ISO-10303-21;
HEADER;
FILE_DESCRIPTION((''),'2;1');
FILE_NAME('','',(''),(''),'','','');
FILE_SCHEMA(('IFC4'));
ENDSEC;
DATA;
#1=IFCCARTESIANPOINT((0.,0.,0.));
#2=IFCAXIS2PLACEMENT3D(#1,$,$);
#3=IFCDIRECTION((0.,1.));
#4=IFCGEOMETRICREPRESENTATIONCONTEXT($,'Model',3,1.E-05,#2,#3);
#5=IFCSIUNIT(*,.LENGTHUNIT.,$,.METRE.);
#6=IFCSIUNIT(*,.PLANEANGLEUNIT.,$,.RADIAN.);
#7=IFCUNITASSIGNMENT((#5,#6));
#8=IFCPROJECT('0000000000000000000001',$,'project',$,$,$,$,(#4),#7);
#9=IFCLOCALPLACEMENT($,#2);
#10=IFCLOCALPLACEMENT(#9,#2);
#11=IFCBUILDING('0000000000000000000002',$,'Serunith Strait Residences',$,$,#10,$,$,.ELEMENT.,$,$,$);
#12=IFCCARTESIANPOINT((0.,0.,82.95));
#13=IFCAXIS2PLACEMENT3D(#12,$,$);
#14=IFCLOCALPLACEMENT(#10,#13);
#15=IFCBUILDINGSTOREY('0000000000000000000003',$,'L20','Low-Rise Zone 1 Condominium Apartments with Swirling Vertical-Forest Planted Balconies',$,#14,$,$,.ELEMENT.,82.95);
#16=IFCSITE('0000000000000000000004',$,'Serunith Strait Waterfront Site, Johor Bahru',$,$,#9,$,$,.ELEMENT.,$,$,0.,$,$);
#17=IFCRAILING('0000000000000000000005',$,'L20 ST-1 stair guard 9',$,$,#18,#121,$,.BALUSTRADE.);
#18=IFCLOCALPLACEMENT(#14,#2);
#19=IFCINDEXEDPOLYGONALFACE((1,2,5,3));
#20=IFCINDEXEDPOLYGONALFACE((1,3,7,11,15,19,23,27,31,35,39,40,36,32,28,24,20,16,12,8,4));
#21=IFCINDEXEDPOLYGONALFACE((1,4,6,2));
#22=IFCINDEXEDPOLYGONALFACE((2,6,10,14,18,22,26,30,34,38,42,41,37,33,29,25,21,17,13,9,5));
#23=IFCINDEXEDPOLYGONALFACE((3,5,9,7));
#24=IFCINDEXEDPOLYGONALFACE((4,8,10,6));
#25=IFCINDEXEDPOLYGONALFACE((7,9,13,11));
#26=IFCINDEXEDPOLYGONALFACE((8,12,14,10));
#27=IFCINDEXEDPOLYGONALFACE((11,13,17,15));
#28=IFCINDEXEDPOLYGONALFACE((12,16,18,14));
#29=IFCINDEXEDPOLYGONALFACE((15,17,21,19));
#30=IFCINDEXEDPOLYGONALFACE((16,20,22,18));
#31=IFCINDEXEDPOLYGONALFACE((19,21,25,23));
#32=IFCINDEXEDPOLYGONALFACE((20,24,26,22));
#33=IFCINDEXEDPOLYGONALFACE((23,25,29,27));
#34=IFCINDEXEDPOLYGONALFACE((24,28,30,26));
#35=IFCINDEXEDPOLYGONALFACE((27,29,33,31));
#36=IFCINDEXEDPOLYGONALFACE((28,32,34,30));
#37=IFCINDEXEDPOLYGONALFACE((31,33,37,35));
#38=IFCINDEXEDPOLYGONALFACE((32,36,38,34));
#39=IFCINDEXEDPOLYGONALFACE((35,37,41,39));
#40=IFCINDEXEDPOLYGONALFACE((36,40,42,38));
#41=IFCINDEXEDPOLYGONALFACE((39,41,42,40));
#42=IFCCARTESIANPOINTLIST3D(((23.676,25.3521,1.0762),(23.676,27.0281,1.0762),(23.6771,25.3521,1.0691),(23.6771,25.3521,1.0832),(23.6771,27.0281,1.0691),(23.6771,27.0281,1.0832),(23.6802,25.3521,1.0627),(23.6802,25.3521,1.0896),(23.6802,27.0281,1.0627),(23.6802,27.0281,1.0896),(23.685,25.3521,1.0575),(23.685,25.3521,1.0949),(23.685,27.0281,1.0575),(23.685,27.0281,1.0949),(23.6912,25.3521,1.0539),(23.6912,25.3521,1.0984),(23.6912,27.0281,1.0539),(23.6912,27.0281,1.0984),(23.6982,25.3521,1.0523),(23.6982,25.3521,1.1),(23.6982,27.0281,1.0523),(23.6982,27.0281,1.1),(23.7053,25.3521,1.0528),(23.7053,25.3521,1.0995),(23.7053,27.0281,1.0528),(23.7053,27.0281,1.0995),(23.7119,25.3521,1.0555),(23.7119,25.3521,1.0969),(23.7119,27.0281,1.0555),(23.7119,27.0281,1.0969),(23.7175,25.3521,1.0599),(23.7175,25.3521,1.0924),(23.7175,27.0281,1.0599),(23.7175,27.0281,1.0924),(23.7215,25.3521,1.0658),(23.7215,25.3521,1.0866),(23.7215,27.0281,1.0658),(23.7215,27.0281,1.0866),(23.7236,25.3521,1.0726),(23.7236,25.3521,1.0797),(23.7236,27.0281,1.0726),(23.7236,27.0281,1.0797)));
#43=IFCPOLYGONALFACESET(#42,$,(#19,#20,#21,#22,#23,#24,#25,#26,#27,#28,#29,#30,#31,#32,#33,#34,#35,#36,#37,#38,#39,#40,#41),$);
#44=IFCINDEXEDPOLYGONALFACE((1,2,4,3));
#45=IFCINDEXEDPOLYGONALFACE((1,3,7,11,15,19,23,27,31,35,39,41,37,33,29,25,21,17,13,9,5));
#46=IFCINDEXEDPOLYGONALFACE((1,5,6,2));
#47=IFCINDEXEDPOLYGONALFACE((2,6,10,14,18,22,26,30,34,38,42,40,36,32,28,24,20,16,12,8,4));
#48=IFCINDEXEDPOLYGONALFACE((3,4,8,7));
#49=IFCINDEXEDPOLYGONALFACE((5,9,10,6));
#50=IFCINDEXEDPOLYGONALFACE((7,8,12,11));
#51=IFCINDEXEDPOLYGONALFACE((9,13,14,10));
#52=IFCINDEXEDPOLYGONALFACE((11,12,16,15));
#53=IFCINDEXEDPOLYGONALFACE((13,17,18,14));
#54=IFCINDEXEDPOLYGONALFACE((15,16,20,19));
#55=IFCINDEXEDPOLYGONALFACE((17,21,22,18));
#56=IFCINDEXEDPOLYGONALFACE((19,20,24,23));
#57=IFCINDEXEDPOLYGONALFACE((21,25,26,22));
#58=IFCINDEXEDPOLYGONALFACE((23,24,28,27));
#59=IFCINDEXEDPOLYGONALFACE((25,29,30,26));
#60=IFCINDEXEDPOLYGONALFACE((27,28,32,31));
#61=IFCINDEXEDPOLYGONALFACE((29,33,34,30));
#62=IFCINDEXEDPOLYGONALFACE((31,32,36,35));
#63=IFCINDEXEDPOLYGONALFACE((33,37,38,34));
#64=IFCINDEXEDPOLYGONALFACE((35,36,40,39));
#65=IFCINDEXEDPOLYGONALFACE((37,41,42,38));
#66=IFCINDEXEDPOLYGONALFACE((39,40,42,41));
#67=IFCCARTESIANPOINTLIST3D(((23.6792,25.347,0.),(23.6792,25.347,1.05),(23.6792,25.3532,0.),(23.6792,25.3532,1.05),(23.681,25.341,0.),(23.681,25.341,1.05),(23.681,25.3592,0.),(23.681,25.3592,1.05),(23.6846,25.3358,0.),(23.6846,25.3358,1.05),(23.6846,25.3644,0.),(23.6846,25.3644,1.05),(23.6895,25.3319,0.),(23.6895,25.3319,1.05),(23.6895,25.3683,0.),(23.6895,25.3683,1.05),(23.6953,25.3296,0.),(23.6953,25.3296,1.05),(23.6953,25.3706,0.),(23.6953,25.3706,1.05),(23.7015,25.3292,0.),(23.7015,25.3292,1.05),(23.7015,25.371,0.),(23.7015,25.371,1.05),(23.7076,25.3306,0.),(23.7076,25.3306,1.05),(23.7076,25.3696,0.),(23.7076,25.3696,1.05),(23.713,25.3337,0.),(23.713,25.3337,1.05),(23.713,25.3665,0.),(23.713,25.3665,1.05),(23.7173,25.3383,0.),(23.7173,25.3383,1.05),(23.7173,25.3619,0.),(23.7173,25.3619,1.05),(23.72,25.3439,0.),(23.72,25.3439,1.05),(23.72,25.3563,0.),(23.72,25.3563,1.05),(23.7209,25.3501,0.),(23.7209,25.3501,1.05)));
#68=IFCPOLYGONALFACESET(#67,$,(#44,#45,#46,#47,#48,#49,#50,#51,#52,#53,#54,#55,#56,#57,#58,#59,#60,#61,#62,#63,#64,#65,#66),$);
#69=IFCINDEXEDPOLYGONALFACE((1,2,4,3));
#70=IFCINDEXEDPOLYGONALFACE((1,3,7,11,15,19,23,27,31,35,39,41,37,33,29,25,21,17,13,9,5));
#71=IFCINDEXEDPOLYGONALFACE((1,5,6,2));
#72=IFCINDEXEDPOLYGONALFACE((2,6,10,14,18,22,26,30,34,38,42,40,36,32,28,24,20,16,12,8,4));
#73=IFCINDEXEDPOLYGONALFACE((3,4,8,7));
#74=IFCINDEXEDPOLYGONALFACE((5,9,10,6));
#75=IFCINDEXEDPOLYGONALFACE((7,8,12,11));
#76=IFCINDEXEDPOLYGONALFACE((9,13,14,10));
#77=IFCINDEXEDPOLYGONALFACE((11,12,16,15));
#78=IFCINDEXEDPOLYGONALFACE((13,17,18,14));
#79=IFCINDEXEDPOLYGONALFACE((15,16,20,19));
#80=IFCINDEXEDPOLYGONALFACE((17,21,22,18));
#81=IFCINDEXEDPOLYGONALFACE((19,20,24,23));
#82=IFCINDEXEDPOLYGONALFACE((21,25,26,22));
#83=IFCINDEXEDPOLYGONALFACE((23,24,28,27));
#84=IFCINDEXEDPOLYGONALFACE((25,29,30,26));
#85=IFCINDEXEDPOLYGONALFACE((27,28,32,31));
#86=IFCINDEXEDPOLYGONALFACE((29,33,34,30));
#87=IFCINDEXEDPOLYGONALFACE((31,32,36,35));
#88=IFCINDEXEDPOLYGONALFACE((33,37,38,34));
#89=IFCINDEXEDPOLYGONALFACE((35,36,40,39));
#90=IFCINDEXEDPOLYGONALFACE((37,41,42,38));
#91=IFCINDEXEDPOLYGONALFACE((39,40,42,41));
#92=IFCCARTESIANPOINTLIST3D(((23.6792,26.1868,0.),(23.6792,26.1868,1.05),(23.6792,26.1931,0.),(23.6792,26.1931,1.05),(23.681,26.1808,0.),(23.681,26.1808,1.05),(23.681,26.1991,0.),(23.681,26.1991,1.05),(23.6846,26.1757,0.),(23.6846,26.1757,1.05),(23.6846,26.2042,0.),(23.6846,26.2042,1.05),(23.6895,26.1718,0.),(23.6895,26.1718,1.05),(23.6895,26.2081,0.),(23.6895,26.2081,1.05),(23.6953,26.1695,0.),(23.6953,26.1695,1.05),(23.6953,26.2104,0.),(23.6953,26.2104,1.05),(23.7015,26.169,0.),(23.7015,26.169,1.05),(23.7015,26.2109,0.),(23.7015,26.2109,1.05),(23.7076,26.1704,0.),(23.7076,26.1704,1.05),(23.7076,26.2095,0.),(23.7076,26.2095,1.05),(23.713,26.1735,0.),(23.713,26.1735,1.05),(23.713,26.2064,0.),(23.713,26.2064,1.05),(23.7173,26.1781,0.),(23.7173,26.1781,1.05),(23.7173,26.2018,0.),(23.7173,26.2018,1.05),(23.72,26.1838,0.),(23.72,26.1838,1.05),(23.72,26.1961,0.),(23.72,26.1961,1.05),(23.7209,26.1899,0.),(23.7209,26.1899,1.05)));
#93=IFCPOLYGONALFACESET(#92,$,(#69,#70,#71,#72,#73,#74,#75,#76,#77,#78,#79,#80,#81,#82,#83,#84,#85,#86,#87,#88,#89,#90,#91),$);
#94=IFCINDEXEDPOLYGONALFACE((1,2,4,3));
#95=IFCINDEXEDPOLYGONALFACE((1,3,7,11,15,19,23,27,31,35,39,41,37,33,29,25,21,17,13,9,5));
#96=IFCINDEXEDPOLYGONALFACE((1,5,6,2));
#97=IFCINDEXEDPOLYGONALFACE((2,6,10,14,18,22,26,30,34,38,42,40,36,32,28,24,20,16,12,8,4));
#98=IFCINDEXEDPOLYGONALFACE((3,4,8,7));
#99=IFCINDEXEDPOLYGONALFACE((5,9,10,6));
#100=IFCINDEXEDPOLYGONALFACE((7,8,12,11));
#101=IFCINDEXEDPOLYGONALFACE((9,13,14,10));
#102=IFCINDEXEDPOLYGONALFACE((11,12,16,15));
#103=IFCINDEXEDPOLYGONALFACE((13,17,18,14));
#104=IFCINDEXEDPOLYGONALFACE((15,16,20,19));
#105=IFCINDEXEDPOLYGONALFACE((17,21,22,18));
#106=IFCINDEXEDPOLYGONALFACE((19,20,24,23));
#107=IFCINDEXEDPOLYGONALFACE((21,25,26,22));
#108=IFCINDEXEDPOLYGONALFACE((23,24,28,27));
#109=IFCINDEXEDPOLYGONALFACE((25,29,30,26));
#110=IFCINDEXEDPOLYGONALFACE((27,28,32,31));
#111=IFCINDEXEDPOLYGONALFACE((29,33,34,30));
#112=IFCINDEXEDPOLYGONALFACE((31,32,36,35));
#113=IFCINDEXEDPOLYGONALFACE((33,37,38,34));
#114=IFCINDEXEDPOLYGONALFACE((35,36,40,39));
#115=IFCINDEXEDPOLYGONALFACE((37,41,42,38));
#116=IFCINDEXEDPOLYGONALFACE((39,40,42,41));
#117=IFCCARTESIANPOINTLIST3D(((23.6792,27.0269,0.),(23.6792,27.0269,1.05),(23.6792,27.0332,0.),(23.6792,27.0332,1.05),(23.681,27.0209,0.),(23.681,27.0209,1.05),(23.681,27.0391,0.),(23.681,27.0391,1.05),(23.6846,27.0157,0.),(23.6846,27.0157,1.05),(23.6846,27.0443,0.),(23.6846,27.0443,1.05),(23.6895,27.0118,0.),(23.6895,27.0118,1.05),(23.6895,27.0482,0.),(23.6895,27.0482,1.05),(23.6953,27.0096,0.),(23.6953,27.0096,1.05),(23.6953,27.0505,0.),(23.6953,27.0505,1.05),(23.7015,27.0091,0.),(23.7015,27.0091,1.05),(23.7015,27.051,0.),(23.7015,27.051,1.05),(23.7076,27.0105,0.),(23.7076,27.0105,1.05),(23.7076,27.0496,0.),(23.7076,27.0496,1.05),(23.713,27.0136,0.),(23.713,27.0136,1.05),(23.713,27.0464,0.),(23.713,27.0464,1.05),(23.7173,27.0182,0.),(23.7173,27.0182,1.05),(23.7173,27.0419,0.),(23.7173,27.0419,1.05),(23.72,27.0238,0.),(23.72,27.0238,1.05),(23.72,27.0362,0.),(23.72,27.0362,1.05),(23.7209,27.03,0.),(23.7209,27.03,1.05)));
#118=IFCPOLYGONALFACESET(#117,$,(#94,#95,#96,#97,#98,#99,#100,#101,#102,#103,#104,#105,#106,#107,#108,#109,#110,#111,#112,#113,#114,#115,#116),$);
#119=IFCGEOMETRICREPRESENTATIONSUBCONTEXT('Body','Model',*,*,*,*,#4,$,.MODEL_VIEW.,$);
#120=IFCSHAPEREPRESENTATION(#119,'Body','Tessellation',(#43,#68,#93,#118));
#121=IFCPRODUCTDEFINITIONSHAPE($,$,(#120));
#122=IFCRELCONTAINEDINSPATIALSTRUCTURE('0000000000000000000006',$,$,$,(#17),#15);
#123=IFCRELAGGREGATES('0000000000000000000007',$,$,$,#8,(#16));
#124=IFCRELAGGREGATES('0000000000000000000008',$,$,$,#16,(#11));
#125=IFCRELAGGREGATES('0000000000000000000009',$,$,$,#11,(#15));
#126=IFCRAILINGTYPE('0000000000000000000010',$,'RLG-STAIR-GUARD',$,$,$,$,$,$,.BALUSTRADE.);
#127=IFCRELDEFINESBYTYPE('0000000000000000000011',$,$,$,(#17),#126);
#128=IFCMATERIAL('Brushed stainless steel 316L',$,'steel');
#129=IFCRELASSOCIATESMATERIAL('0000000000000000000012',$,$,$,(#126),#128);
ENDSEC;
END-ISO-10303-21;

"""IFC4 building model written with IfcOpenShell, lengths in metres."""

from ifc_helpers import new_model, si_unit, direction, frame, origin, origin_2d, place, context, subcontext, project, spatial, circle, extrude, material, type_object, element, save


model = new_model("IFC4")

# Units and contexts
model_context = context("Model", 3, precision=1e-05, world=origin(), true_north=direction((0.0, 1.0)))
body_context = subcontext(model_context, "Body", "Model", "MODEL_VIEW")
ifc_project = project(units=[si_unit("LENGTHUNIT", "METRE"), si_unit("PLANEANGLEUNIT", "RADIAN")], contexts=[model_context])

# Site, building, storey
site_placement = place(None, origin())
site = spatial("IfcSite", under=ifc_project, at=site_placement, Name="Serunith Strait Waterfront Site, Johor Bahru", CompositionType="ELEMENT", RefElevation=0.0)
building_placement = place(site_placement, origin())
building = spatial("IfcBuilding", under=site, at=building_placement, Name="Serunith Strait Residences", CompositionType="ELEMENT")
storey_placement = place(building_placement, frame((0.0, 0.0, 82.95)))
storey = spatial("IfcBuildingStorey", under=building, at=storey_placement, Name="L20", Description="Low-Rise Zone 1 Condominium Apartments with Swirling Vertical-Forest Planted Balconies", CompositionType="ELEMENT", Elevation=82.95)

# Railing
ifc_material_1 = material(Name="Brushed stainless steel 316L", Category="steel")
railing_type_1 = type_object("IfcRailingType", Name="RLG-STAIR-GUARD", PredefinedType="BALUSTRADE", material=ifc_material_1)
for number, where, name in (
    (1, (23.7, 25.3501, 0.0), "L20 ST-1 stair guard 9"),
):
    element("IfcRailing", number, at=place(storey_placement, frame(where)), inside=storey, type_object=railing_type_1, Name=name, PredefinedType="BALUSTRADE", context=body_context, shape_type="SweptSolid", body=[
        extrude(circle(Radius=0.0239, at=origin_2d()), frame((0.0, 0.002, 1.0762), z_axis=(0.0, 1.0, 0.0), x_axis=(-1.0, 0.0, 0.0)), (0.0, 0.0, 1.0), 1.676),
        extrude(circle(Radius=0.021, at=origin_2d()), origin(), (0.0, 0.0, 1.0), 1.05),
        extrude(circle(Radius=0.021, at=origin_2d()), frame((0.0, 0.8398, 0.0)), (0.0, 0.0, 1.0), 1.05),
        extrude(circle(Radius=0.021, at=origin_2d()), frame((0.0, 1.6799, 0.0)), (0.0, 0.0, 1.0), 1.05),
    ])

save(model, "model.ifc")
